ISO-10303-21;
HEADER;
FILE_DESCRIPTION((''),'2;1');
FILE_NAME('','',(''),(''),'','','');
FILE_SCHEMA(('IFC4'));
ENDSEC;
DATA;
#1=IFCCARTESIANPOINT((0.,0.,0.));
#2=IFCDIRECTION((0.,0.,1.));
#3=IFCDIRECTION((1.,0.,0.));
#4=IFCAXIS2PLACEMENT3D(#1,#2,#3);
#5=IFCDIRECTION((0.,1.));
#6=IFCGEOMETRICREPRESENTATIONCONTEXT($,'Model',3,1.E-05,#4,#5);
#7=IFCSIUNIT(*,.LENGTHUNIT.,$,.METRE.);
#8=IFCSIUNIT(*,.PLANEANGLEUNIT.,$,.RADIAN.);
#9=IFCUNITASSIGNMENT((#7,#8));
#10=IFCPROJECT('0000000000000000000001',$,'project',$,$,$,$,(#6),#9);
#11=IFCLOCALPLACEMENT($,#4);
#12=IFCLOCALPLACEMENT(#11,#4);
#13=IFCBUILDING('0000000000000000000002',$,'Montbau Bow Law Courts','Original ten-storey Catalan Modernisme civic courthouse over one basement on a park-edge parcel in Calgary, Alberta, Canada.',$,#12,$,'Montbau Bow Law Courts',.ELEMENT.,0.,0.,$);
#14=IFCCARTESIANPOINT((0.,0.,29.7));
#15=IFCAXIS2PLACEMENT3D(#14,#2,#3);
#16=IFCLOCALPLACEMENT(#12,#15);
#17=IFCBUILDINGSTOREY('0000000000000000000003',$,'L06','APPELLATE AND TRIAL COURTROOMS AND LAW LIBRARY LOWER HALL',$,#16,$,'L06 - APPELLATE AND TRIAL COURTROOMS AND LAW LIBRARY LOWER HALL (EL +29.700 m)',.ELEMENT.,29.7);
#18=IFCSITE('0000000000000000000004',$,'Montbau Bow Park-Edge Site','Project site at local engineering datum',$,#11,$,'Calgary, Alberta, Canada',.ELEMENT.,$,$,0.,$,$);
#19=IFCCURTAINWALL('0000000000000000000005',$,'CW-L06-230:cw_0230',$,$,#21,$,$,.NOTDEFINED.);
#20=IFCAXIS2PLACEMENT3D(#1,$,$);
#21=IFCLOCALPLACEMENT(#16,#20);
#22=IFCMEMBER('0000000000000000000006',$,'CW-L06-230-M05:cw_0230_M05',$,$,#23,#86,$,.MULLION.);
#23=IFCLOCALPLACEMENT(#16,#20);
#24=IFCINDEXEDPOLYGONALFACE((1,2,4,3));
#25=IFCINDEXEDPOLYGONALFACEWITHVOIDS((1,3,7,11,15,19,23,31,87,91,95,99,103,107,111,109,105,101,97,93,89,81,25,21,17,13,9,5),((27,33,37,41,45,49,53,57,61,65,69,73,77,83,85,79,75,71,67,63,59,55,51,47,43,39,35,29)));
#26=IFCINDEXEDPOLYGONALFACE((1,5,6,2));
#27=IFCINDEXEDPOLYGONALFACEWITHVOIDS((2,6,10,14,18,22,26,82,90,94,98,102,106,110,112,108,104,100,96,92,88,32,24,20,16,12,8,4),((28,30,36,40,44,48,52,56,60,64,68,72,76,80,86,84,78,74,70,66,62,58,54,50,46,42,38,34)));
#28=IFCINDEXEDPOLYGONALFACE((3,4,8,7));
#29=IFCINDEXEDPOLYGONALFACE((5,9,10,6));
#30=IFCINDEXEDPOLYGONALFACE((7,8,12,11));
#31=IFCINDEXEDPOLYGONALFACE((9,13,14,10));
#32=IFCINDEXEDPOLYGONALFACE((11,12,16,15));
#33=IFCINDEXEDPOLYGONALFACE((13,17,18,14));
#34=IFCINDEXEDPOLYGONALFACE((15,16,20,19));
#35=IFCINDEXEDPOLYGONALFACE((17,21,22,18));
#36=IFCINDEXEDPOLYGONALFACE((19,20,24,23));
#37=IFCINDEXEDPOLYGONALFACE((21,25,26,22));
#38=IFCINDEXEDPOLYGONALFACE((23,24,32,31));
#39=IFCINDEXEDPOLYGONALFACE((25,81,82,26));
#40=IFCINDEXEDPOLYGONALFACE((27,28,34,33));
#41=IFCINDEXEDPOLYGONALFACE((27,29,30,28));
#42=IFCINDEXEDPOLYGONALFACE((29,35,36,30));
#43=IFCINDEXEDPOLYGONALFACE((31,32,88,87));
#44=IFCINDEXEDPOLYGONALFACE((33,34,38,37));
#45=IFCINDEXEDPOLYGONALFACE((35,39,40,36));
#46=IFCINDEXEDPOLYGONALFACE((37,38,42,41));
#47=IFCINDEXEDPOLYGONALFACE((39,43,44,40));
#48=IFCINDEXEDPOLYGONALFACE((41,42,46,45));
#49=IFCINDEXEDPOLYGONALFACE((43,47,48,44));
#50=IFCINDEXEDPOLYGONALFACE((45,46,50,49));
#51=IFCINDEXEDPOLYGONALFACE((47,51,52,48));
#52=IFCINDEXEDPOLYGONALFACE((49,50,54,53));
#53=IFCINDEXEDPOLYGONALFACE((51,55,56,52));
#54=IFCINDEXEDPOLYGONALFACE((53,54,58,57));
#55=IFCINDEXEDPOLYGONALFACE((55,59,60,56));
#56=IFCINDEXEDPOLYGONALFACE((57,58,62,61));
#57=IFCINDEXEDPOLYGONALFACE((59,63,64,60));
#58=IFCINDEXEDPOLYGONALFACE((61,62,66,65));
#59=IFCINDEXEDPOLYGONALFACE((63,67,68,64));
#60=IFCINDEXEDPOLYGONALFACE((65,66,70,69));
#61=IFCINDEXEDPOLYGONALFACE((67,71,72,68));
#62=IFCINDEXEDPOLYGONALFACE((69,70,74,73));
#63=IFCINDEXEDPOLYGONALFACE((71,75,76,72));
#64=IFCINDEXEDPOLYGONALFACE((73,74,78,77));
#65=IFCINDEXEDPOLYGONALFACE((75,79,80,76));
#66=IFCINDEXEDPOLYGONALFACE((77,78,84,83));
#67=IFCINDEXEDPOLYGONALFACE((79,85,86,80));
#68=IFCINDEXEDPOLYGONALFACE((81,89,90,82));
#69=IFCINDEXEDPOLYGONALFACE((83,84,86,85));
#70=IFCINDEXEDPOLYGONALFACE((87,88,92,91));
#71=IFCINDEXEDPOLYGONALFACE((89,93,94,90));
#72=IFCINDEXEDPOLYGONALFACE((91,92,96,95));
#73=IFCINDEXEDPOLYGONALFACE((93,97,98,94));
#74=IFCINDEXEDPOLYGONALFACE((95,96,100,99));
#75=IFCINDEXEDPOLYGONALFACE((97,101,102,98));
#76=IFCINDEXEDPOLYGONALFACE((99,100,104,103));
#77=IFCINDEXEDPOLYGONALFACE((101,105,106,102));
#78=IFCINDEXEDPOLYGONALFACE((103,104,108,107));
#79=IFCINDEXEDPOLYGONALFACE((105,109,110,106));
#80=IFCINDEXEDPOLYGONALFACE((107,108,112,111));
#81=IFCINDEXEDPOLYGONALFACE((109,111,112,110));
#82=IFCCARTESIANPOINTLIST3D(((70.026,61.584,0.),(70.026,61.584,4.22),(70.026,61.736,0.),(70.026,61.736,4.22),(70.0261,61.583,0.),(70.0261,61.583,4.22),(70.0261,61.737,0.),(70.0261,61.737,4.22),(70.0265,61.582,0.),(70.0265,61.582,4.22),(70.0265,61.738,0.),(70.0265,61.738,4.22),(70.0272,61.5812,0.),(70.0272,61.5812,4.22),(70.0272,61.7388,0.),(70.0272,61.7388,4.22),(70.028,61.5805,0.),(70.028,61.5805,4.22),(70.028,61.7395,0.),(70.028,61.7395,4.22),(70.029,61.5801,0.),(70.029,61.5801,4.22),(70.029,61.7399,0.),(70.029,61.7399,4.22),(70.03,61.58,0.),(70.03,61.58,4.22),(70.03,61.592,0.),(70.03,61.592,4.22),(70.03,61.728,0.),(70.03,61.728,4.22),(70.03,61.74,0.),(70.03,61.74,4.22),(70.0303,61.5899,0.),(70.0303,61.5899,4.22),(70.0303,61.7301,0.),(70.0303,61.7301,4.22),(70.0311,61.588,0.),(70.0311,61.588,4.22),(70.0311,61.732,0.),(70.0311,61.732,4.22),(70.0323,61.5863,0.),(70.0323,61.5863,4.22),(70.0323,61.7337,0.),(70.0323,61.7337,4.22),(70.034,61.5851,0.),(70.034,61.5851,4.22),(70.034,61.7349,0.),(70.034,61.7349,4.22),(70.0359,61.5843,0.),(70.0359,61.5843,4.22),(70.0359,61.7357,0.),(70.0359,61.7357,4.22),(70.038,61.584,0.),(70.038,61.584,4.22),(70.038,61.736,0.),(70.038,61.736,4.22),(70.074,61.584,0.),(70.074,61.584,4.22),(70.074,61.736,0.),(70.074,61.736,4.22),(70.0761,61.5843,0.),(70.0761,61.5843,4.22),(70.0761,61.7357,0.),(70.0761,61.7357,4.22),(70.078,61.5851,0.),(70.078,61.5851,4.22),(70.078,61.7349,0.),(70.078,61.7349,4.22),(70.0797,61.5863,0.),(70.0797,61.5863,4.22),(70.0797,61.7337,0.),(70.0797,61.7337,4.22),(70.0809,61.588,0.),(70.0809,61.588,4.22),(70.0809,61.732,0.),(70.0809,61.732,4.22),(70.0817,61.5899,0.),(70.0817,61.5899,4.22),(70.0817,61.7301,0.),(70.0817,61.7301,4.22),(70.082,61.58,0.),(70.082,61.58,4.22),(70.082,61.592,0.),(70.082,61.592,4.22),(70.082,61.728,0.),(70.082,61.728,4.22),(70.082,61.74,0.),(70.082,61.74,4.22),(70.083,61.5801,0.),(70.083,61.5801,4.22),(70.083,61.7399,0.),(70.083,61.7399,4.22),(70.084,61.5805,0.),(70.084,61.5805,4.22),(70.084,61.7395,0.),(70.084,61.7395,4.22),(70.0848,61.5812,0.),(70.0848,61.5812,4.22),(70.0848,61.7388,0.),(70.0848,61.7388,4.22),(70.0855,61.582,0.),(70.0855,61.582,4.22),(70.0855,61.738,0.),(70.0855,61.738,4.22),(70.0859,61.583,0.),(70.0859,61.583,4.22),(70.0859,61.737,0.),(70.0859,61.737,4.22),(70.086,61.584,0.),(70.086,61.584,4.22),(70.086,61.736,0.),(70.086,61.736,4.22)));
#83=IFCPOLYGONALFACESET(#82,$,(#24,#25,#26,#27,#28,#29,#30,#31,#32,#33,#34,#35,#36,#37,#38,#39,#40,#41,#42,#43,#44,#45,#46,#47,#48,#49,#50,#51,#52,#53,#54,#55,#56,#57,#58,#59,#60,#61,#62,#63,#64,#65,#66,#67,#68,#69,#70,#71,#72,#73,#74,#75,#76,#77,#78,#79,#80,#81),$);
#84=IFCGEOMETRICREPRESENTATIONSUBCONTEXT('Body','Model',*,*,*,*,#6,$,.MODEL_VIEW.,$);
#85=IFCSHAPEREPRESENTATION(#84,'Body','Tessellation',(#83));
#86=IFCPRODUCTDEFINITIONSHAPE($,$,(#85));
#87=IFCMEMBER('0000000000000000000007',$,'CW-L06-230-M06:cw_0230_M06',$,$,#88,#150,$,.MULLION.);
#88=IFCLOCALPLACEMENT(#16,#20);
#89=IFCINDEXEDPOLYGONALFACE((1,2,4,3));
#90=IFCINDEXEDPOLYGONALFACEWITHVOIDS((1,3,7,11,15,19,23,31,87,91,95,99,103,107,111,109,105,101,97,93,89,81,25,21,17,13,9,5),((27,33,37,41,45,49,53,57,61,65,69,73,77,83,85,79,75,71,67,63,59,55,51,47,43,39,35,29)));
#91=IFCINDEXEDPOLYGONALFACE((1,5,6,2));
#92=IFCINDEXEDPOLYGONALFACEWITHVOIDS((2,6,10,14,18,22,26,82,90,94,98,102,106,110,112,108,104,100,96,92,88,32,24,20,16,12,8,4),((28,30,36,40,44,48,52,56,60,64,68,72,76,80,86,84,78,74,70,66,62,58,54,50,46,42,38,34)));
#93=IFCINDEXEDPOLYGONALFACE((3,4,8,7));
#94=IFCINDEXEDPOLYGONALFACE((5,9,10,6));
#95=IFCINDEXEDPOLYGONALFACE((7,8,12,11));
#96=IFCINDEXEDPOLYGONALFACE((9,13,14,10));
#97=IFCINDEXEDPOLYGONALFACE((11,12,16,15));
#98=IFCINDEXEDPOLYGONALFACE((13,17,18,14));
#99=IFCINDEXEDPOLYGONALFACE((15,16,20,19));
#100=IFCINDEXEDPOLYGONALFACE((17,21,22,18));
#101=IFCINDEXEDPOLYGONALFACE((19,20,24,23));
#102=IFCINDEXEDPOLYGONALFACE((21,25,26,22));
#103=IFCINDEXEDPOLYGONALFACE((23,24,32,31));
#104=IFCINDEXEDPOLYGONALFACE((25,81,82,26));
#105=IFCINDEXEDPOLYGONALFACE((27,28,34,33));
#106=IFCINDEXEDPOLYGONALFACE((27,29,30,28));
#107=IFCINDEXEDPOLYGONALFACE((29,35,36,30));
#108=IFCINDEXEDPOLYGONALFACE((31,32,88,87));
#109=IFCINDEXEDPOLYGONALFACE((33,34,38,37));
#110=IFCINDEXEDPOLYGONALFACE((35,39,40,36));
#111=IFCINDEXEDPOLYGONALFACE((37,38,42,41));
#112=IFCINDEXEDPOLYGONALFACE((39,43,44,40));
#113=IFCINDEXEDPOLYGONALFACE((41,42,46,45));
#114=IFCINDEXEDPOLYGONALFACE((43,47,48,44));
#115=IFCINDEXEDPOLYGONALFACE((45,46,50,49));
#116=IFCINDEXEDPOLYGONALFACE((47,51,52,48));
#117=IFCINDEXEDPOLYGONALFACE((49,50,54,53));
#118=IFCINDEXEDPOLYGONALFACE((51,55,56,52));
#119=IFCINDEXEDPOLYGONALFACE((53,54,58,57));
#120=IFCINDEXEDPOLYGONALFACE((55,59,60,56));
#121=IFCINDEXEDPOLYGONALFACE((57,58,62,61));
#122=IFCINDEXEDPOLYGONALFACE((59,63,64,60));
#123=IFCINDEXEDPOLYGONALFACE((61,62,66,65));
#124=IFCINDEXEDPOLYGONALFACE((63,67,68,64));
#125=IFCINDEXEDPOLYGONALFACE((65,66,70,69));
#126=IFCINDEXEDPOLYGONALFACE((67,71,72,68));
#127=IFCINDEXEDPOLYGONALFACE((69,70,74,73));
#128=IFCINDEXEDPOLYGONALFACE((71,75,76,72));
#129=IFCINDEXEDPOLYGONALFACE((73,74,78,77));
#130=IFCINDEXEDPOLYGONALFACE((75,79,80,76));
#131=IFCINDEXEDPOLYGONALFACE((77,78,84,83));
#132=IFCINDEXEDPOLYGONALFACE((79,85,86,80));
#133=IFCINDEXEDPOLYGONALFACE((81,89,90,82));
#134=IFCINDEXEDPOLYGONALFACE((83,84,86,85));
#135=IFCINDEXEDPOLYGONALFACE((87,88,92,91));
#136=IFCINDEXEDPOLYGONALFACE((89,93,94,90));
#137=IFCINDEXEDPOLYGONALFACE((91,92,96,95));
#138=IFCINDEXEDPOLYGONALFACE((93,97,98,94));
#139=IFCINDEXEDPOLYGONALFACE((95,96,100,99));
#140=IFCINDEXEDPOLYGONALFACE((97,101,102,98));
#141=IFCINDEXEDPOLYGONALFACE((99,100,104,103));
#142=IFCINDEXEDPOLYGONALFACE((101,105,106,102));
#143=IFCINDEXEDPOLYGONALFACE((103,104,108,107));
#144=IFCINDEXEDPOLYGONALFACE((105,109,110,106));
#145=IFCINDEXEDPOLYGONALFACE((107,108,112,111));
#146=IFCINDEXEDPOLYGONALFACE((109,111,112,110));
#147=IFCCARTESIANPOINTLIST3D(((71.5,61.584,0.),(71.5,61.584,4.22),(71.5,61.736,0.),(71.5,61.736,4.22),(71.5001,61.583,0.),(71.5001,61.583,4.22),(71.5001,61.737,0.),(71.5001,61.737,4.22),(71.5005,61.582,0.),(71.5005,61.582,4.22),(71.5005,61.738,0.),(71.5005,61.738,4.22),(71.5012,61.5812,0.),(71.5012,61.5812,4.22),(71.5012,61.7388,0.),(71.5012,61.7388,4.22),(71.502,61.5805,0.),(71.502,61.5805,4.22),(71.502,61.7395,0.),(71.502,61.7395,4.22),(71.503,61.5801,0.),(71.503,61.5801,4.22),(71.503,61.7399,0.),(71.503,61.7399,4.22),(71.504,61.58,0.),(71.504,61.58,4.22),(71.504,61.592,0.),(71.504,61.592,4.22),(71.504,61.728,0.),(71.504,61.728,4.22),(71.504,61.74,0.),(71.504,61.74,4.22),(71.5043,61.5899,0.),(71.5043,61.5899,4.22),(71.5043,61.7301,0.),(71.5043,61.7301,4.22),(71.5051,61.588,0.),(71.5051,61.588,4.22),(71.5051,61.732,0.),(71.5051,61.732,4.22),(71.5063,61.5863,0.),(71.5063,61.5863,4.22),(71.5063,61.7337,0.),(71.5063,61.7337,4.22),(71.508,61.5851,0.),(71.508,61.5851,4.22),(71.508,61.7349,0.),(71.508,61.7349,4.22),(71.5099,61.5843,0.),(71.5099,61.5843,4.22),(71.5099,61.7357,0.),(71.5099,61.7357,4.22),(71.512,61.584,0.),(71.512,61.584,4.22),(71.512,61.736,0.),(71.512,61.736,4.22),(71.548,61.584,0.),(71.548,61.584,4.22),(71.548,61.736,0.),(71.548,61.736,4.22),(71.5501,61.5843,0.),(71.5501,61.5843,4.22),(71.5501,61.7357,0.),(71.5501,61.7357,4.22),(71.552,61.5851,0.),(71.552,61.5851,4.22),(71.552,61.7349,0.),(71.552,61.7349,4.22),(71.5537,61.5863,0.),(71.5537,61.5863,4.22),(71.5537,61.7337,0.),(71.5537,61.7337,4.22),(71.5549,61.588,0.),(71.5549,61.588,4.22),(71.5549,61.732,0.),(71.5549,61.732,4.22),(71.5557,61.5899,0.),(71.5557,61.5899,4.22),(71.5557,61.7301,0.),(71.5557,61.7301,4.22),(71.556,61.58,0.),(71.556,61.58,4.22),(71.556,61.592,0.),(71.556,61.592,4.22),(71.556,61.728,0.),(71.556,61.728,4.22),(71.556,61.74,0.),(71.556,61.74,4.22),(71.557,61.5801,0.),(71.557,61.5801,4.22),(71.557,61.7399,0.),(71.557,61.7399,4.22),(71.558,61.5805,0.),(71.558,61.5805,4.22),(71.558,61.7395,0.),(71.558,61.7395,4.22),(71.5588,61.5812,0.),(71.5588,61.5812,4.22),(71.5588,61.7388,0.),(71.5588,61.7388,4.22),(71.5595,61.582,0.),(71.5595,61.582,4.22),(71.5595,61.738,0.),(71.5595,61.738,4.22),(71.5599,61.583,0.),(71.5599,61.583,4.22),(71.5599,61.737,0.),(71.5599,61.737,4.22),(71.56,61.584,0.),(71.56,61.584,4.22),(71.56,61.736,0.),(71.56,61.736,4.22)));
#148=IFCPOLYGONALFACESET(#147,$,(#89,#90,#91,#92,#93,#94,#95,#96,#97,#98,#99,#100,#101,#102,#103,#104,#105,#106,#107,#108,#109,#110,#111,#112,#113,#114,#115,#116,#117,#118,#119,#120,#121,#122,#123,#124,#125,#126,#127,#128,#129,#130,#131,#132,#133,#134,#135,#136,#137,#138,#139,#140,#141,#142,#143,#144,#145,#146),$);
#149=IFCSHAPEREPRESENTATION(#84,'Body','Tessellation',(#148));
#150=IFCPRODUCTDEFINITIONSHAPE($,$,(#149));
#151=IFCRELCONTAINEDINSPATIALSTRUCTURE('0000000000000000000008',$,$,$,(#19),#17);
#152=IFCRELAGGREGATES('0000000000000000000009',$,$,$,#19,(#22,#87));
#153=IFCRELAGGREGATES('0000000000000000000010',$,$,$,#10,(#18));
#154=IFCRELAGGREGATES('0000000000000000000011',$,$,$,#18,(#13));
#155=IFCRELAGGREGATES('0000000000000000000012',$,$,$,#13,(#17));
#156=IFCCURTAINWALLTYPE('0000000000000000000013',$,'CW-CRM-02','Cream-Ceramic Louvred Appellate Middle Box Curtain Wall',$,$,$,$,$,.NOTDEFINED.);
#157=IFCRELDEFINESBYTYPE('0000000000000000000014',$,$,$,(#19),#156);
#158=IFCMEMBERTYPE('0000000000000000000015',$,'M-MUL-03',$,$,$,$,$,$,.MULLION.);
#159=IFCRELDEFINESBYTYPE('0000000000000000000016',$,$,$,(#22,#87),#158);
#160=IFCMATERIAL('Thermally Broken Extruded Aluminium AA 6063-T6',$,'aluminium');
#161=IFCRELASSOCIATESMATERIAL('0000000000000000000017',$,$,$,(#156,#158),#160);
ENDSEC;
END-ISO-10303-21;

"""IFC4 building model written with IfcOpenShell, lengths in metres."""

from ifc_helpers import new_model, si_unit, direction, frame, origin_with_axes, origin_2d_with_axis, place, context, subcontext, project, spatial, hollow_rectangle, extrude, material, material_profile, profile_set, type_object, element, aggregate, save


model = new_model("IFC4")

# Units and contexts
model_context = context("Model", 3, precision=1e-05, world=origin_with_axes(), true_north=direction((0.0, 1.0)))
body_context = subcontext(model_context, "Body", "Model", "MODEL_VIEW")
ifc_project = project(units=[si_unit("LENGTHUNIT", "METRE"), si_unit("PLANEANGLEUNIT", "RADIAN")], contexts=[model_context])

# Site, building, storey
site_placement = place(None, origin_with_axes())
site = spatial("IfcSite", under=ifc_project, at=site_placement, Name="Montbau Bow Park-Edge Site", Description="Project site at local engineering datum", LongName="Calgary, Alberta, Canada", CompositionType="ELEMENT", RefElevation=0.0)
building_placement = place(site_placement, origin_with_axes())
building = spatial("IfcBuilding", under=site, at=building_placement, Name="Montbau Bow Law Courts", Description="Original ten-storey Catalan Modernisme civic courthouse over one basement on a park-edge parcel in Calgary, Alberta, Canada.", LongName="Montbau Bow Law Courts", CompositionType="ELEMENT", ElevationOfRefHeight=0.0, ElevationOfTerrain=0.0)
storey_placement = place(building_placement, frame((0.0, 0.0, 29.7), z_axis=(0.0, 0.0, 1.0), x_axis=(1.0, 0.0, 0.0)))
storey = spatial("IfcBuildingStorey", under=building, at=storey_placement, Name="L06", Description="APPELLATE AND TRIAL COURTROOMS AND LAW LIBRARY LOWER HALL", LongName="L06 - APPELLATE AND TRIAL COURTROOMS AND LAW LIBRARY LOWER HALL (EL +29.700 m)", CompositionType="ELEMENT", Elevation=29.7)

# Curtain wall, members
ifc_material_1 = material(Name="Thermally Broken Extruded Aluminium AA 6063-T6", Category="aluminium")
curtain_wall_type = type_object("IfcCurtainWallType", Name="CW-CRM-02", Description="Cream-Ceramic Louvred Appellate Middle Box Curtain Wall", PredefinedType="NOTDEFINED", material=ifc_material_1)
curtain_wall_1_placement = place(None, frame((64.04, 61.66, 29.7), z_axis=(0.0, 0.0, 1.0), x_axis=(1.0, 0.0, 0.0)))
curtain_wall_1 = element("IfcCurtainWall", 1, at=curtain_wall_1_placement, inside=storey, type_object=curtain_wall_type, Name="CW-L06-230:cw_0230", PredefinedType="NOTDEFINED")
ifc_material_profile_1 = material_profile(ifc_material_1, hollow_rectangle(XDim=0.06, YDim=0.16, WallThickness=0.004, InnerFilletRadius=0.008, OuterFilletRadius=0.004, at=origin_2d_with_axis()), Name="CWM-160X60", Category="Main", Priority=0)
ifc_profile_set_1 = profile_set([ifc_material_profile_1], Name="Thermally Broken Extruded Aluminium AA 6063-T6")
member_type_1 = type_object("IfcMemberType", Name="M-MUL-03", PredefinedType="MULLION", material=ifc_profile_set_1)
member_1_placement = place(None, frame((70.056, 61.66, 29.7), z_axis=(0.0, 0.0, 1.0), x_axis=(1.0, 0.0, 0.0)))
member_1 = element("IfcMember", 2, at=member_1_placement, type_object=member_type_1, Name="CW-L06-230-M05:cw_0230_M05", PredefinedType="MULLION", context=body_context, shape_type="SweptSolid", body=[
    extrude(hollow_rectangle(XDim=0.06, YDim=0.16, WallThickness=0.004, InnerFilletRadius=0.008, OuterFilletRadius=0.004, at=origin_2d_with_axis()), origin_with_axes(), (0.0, 0.0, 1.0), 4.22),
])
member_2_placement = place(None, frame((71.53, 61.66, 29.7), z_axis=(0.0, 0.0, 1.0), x_axis=(1.0, 0.0, 0.0)))
member_2 = element("IfcMember", 3, at=member_2_placement, type_object=member_type_1, Name="CW-L06-230-M06:cw_0230_M06", PredefinedType="MULLION", context=body_context, shape_type="SweptSolid", body=[
    extrude(hollow_rectangle(XDim=0.06, YDim=0.16, WallThickness=0.004, InnerFilletRadius=0.008, OuterFilletRadius=0.004, at=origin_2d_with_axis()), origin_with_axes(), (0.0, 0.0, 1.0), 4.22),
])

aggregate(curtain_wall_1, [member_1, member_2])

save(model, "model.ifc")
